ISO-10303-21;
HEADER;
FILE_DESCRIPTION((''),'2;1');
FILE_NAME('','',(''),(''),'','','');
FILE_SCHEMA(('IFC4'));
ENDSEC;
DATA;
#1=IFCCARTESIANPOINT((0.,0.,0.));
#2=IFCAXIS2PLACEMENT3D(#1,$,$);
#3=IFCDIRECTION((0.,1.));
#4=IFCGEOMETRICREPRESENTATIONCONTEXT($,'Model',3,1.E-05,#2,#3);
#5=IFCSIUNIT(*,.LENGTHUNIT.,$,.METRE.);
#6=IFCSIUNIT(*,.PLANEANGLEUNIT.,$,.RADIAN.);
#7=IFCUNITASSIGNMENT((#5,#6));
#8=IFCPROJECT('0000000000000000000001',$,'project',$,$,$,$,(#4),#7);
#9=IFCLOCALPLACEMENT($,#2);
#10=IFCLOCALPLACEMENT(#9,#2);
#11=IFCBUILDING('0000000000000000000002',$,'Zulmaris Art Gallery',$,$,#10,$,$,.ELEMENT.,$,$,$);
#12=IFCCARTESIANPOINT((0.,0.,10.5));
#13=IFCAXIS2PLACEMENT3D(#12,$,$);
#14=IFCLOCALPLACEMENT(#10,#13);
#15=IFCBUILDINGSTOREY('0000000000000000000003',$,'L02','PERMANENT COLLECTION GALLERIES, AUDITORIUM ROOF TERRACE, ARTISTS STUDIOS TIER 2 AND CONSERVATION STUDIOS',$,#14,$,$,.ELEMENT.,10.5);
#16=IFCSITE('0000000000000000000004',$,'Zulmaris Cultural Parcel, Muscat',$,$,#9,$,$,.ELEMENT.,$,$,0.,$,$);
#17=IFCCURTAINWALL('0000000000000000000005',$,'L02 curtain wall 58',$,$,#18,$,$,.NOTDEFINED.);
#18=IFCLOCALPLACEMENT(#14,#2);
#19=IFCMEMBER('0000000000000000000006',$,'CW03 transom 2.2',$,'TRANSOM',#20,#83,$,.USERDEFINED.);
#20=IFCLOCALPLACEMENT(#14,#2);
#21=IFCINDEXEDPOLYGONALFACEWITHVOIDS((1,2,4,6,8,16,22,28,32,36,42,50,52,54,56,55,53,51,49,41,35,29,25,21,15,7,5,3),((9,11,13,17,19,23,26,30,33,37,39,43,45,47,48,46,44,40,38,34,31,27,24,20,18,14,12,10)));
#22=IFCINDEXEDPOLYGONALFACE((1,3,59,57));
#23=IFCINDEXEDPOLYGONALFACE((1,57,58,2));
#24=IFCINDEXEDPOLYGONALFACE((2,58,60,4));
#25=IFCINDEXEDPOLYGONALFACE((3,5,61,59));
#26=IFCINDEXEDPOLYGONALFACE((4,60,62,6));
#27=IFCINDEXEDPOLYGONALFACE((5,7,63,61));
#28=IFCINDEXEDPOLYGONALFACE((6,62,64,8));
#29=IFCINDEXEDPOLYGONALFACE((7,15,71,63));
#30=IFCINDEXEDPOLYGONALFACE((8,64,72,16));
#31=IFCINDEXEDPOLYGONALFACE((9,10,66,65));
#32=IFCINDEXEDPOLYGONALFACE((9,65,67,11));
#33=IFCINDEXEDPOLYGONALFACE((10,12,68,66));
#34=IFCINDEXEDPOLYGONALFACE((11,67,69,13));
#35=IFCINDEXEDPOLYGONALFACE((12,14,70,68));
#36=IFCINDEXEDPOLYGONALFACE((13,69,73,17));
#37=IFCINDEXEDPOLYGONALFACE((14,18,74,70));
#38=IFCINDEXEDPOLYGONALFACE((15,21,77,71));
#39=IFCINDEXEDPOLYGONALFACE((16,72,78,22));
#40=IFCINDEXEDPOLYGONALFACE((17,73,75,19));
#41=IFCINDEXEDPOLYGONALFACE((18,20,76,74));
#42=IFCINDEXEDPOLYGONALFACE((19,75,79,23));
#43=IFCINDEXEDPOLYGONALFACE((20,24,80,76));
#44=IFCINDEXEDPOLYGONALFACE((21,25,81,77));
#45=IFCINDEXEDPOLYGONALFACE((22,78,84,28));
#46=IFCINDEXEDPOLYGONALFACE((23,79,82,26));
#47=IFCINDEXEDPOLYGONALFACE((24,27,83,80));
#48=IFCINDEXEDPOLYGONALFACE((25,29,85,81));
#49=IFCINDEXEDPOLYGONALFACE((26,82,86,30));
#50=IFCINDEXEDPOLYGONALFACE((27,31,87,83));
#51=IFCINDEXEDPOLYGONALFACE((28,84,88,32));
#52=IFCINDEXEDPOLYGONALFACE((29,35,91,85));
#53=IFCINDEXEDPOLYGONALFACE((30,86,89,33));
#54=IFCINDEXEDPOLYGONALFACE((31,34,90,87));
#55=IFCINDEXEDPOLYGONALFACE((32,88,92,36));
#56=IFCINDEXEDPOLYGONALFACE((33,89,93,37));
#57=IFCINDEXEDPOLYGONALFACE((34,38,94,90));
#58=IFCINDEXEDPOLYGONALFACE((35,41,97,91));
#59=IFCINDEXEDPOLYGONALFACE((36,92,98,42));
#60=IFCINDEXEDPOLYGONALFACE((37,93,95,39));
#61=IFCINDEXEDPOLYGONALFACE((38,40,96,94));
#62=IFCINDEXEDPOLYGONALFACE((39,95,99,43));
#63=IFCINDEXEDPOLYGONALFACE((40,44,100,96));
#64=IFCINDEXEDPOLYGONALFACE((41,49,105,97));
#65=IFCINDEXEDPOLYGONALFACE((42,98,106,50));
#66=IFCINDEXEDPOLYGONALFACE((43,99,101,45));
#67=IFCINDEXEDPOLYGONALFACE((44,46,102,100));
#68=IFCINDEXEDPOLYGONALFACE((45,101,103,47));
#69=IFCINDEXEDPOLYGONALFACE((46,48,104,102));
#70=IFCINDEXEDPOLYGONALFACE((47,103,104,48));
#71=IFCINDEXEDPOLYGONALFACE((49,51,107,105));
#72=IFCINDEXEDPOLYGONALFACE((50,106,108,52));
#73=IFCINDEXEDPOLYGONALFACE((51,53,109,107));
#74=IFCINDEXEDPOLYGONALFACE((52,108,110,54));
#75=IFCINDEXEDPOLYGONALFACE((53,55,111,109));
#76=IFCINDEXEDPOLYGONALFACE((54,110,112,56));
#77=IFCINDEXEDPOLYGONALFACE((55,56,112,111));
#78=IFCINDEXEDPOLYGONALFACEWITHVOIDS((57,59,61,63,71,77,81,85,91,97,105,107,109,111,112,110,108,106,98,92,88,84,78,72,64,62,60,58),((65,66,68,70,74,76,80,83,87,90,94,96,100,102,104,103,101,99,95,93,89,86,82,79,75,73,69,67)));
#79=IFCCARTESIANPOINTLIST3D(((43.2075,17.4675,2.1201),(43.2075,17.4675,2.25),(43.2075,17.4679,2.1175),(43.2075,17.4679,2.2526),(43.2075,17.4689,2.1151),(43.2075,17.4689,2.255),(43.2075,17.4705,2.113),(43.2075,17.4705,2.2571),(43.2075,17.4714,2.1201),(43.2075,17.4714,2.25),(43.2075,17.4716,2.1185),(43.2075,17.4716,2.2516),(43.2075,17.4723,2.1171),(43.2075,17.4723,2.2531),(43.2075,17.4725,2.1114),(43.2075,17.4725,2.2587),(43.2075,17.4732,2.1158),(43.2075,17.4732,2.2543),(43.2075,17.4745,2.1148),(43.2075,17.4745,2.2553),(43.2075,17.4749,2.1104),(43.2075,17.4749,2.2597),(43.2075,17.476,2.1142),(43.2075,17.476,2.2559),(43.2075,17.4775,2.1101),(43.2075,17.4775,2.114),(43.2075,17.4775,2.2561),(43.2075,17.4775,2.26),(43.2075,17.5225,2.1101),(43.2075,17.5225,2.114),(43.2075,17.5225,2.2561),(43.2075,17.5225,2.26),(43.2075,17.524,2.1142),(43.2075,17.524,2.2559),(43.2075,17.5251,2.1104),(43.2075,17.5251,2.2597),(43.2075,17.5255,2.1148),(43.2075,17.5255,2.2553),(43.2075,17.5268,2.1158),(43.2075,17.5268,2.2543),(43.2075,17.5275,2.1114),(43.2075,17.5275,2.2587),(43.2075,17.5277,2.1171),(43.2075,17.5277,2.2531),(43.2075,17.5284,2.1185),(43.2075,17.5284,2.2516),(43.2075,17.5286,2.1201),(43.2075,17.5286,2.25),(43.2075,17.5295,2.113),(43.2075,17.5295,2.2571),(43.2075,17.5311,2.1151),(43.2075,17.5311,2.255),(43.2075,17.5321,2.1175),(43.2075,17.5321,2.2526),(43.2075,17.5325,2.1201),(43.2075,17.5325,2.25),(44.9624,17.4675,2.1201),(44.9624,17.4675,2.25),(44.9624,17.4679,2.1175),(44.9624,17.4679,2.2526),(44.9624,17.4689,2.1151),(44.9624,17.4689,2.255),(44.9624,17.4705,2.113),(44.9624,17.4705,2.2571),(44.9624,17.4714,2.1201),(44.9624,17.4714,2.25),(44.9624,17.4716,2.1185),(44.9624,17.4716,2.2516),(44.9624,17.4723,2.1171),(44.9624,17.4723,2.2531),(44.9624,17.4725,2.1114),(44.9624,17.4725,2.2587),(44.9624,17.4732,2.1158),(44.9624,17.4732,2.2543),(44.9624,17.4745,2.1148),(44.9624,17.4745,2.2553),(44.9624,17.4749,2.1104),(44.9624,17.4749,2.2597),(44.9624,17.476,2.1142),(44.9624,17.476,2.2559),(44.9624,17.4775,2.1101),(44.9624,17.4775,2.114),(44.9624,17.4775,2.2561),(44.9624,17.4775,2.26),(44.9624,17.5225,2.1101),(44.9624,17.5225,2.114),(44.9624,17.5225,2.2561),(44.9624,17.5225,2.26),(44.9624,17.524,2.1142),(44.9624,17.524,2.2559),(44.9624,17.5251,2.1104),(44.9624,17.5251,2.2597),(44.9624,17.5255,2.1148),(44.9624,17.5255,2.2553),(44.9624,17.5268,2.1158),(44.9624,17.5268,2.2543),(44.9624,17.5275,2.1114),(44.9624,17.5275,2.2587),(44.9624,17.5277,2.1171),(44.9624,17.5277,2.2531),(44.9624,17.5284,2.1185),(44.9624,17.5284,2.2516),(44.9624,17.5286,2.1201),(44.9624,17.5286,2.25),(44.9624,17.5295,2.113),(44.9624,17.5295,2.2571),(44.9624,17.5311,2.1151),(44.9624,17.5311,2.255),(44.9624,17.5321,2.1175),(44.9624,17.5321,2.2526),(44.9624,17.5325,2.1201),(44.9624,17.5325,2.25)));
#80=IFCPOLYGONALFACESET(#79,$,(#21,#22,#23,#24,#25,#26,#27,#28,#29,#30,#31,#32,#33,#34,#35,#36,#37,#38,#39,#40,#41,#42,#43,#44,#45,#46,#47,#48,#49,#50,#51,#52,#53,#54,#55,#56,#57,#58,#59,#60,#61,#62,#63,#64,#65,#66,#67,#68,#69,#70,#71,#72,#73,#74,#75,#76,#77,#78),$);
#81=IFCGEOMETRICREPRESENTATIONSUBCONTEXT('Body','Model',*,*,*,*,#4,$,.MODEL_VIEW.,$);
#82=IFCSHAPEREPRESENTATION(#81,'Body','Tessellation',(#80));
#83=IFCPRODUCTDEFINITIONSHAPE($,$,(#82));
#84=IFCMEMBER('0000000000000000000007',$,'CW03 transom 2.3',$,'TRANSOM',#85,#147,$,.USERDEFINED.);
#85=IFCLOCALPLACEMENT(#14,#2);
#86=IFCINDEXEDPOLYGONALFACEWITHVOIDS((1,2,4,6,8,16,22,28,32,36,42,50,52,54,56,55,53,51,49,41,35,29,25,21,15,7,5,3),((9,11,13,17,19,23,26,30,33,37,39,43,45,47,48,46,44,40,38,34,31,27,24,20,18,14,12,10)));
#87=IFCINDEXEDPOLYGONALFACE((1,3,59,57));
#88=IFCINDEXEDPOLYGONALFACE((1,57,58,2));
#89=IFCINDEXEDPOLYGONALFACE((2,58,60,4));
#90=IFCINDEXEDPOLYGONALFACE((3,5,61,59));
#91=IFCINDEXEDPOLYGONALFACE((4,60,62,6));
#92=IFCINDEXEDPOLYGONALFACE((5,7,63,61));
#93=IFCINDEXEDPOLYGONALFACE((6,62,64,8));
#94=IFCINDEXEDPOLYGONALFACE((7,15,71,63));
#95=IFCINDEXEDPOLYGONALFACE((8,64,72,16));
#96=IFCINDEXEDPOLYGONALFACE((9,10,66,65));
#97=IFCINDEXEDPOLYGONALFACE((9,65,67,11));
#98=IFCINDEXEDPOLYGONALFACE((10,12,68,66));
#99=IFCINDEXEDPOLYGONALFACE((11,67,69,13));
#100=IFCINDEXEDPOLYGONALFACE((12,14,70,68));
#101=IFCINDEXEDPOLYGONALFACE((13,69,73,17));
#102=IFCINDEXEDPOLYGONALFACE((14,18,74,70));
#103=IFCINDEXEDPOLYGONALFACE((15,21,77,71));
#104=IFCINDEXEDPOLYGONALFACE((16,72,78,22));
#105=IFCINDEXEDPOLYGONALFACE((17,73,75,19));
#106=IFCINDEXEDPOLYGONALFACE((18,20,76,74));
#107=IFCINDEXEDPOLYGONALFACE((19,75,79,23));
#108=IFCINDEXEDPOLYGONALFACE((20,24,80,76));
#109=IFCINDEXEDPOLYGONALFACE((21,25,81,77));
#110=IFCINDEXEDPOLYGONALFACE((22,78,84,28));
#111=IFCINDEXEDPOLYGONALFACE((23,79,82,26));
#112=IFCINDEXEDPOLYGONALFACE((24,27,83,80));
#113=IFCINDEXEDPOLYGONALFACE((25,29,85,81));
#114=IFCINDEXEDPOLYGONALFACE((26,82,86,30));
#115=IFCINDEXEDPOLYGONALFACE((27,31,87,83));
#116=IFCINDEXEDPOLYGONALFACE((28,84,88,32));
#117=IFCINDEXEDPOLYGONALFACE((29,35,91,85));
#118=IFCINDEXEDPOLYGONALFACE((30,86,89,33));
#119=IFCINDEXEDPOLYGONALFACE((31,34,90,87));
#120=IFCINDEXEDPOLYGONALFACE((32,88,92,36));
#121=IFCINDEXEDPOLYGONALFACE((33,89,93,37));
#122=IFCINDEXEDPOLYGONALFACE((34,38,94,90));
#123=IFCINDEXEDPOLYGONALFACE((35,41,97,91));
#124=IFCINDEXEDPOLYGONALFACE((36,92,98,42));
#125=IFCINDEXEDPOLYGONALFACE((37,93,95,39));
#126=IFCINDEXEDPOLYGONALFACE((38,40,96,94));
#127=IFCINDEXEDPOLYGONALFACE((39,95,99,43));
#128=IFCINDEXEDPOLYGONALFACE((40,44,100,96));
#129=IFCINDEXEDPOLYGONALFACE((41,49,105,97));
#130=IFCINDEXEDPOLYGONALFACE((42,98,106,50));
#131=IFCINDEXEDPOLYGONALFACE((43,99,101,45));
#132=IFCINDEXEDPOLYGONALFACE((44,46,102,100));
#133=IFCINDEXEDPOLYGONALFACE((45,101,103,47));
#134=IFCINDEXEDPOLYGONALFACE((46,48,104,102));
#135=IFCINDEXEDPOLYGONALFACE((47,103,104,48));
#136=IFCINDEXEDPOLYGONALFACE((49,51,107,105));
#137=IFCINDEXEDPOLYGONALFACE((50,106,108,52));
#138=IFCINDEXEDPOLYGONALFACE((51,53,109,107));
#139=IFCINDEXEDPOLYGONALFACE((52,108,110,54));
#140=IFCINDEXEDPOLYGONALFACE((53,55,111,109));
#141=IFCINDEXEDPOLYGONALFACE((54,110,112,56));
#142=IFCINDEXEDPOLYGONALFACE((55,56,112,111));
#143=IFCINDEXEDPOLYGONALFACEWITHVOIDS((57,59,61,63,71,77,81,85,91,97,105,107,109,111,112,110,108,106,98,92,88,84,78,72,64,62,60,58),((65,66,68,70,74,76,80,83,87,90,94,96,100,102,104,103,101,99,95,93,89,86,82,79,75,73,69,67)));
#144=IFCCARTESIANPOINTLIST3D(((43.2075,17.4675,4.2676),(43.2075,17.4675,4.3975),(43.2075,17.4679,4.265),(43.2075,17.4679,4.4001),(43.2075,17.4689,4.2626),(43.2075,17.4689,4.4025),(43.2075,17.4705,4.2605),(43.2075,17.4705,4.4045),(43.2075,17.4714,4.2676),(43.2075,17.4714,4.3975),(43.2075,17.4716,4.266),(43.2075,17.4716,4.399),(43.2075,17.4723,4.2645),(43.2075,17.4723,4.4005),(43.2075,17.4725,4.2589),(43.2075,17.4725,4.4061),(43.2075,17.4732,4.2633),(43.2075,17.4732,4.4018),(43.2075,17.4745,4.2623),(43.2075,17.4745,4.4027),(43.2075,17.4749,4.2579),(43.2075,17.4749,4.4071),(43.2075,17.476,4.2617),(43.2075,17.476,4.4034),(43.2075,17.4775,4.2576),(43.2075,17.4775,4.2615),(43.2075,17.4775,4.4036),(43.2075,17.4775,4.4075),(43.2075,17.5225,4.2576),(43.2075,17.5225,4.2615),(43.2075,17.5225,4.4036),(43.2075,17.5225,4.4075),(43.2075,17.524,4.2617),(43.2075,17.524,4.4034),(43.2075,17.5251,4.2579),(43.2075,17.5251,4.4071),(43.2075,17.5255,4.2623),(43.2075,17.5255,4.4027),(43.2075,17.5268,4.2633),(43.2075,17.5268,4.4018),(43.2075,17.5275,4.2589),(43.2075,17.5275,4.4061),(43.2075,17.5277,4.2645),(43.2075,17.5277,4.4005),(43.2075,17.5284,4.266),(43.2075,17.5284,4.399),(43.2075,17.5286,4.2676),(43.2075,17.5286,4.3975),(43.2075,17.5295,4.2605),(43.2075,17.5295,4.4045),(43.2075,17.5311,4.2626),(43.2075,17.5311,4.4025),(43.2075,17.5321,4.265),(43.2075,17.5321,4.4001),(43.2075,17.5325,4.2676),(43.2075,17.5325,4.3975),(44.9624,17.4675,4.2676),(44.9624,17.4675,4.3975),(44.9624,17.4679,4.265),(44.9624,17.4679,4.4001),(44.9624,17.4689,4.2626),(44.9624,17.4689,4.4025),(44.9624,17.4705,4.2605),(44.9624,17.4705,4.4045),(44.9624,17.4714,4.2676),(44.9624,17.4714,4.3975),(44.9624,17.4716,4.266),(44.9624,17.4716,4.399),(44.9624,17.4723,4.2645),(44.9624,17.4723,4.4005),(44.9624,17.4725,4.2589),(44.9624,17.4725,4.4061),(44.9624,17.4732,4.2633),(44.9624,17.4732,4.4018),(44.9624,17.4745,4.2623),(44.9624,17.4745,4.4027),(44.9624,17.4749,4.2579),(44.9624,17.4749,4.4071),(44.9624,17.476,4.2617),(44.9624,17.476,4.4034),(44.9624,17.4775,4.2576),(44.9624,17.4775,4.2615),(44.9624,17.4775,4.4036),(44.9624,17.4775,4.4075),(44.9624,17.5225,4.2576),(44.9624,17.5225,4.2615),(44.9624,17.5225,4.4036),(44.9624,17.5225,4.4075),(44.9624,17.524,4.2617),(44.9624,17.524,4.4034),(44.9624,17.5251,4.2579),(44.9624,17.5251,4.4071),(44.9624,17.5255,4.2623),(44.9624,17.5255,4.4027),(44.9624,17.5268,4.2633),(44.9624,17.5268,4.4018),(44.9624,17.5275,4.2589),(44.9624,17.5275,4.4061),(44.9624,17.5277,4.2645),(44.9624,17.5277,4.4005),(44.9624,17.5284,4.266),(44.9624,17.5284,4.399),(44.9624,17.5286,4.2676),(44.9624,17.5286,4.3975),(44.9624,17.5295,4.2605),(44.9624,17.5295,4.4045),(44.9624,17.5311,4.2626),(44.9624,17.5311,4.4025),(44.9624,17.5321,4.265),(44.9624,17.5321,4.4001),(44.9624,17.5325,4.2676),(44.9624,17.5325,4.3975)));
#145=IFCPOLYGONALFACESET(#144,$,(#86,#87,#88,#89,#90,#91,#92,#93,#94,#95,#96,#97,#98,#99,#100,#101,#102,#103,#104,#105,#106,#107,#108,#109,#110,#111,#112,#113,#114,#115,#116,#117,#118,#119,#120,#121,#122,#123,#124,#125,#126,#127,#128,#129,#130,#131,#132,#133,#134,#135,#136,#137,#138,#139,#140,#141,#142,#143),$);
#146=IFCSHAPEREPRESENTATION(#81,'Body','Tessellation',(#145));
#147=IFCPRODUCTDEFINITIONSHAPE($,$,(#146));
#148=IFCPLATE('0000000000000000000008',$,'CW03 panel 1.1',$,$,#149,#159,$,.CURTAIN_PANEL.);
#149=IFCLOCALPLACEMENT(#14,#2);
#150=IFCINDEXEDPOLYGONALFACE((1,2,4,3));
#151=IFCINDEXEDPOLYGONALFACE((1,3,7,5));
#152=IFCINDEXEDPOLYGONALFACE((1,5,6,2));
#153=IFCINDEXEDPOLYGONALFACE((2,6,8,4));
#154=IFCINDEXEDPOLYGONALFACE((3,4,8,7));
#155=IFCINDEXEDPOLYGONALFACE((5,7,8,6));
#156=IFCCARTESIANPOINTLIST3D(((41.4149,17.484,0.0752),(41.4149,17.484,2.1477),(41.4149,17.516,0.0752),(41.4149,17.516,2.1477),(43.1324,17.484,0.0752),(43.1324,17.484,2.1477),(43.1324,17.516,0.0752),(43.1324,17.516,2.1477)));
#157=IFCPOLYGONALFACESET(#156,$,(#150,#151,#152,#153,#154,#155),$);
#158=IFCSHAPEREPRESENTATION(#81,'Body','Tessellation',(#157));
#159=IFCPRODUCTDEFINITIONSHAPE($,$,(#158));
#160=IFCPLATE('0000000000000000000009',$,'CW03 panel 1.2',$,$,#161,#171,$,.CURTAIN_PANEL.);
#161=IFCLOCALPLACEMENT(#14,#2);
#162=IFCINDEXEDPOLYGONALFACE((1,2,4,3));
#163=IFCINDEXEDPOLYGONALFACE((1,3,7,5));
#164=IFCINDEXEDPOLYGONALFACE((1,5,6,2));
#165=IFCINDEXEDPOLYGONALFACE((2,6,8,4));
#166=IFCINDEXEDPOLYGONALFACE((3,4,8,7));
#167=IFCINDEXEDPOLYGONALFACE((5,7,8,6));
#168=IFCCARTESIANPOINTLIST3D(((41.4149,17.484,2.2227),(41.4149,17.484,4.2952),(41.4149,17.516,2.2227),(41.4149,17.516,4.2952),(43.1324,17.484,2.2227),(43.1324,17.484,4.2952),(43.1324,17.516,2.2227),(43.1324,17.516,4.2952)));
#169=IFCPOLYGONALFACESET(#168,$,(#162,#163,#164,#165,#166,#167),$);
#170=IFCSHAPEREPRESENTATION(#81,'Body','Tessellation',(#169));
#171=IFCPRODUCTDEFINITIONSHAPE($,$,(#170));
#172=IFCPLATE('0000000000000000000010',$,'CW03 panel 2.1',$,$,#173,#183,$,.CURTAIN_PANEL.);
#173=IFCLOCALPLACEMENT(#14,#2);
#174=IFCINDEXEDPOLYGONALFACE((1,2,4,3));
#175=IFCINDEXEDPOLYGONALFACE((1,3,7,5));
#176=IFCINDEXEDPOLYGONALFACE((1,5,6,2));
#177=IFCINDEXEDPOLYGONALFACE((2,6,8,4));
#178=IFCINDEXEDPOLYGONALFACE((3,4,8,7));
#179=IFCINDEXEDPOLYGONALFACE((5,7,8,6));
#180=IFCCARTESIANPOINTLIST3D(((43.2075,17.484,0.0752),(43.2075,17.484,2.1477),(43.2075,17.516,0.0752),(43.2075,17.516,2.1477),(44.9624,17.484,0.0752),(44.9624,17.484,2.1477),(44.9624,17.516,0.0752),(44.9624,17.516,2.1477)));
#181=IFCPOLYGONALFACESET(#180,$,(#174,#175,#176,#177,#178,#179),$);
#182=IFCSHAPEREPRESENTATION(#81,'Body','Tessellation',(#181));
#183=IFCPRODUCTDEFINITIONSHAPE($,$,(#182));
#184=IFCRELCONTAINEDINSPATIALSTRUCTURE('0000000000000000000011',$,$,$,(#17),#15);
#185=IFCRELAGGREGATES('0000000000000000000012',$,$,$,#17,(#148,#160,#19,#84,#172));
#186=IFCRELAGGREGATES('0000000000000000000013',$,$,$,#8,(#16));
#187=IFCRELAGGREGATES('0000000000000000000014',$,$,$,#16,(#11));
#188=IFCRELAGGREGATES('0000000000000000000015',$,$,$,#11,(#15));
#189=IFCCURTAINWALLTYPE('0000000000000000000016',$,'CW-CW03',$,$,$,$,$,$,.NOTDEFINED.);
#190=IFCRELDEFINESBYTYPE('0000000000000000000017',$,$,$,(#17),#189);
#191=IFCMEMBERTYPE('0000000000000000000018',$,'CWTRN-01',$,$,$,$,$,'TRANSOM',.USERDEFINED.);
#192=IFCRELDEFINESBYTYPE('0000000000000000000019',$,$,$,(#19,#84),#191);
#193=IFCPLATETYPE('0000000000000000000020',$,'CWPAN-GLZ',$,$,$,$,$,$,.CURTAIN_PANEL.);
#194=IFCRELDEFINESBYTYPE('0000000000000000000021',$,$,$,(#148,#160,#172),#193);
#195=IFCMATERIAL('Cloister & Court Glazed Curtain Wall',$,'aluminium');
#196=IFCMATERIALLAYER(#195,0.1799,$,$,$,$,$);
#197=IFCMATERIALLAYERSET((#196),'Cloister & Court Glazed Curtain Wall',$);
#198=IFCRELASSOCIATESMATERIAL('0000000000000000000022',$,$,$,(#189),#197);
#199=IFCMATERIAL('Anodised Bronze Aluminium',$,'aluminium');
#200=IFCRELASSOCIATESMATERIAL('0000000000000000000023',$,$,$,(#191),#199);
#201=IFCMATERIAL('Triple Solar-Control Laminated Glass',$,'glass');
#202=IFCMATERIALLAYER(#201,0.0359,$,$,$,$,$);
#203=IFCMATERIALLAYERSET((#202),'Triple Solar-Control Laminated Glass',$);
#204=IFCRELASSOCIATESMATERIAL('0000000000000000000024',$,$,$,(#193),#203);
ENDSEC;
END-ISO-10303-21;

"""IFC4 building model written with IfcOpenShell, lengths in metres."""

from ifc_helpers import new_model, si_unit, direction, frame, origin, origin_2d, place, context, subcontext, project, spatial, rectangle, hollow_rectangle, extrude, material, layer, layer_set, material_profile, profile_set, type_object, element, aggregate, save


model = new_model("IFC4")

# Units and contexts
model_context = context("Model", 3, precision=1e-05, world=origin(), true_north=direction((0.0, 1.0)))
body_context = subcontext(model_context, "Body", "Model", "MODEL_VIEW")
ifc_project = project(units=[si_unit("LENGTHUNIT", "METRE"), si_unit("PLANEANGLEUNIT", "RADIAN")], contexts=[model_context])

# Site, building, storey
site_placement = place(None, origin())
site = spatial("IfcSite", under=ifc_project, at=site_placement, Name="Zulmaris Cultural Parcel, Muscat", CompositionType="ELEMENT", RefElevation=0.0)
building_placement = place(site_placement, origin())
building = spatial("IfcBuilding", under=site, at=building_placement, Name="Zulmaris Art Gallery", CompositionType="ELEMENT")
storey_placement = place(building_placement, frame((0.0, 0.0, 10.5)))
storey = spatial("IfcBuildingStorey", under=building, at=storey_placement, Name="L02", Description="PERMANENT COLLECTION GALLERIES, AUDITORIUM ROOF TERRACE, ARTISTS STUDIOS TIER 2 AND CONSERVATION STUDIOS", CompositionType="ELEMENT", Elevation=10.5)

# Curtain wall, members, plates
ifc_material_1 = material(Name="Cloister & Court Glazed Curtain Wall", Category="aluminium")
ifc_layer_1 = layer(ifc_material_1, 0.1799)
ifc_layer_set_1 = layer_set([ifc_layer_1], Name="Cloister & Court Glazed Curtain Wall")
curtain_wall_type = type_object("IfcCurtainWallType", Name="CW-CW03", PredefinedType="NOTDEFINED", material=ifc_layer_set_1)
curtain_wall_placement = place(storey_placement, origin())
curtain_wall = element("IfcCurtainWall", 1, at=curtain_wall_placement, inside=storey, type_object=curtain_wall_type, Name="L02 curtain wall 58", PredefinedType="NOTDEFINED")
ifc_material_2 = material(Name="Anodised Bronze Aluminium", Category="aluminium")
ifc_material_profile_1 = material_profile(ifc_material_2, hollow_rectangle(XDim=0.0649, YDim=0.1499, WallThickness=0.0039, InnerFilletRadius=0.0061, OuterFilletRadius=0.01, at=origin_2d()), Name="ALU 65x150x4")
ifc_profile_set_1 = profile_set([ifc_material_profile_1], Name="Anodised Bronze Aluminium")
member_type_1 = type_object("IfcMemberType", Name="CWTRN-01", ElementType="TRANSOM", PredefinedType="USERDEFINED", material=ifc_profile_set_1)
member_1_placement = place(storey_placement, frame((43.2075, 17.5, 2.1851), z_axis=(1.0, 0.0, 0.0), x_axis=(0.0, 1.0, 0.0)))
member_1 = element("IfcMember", 2, at=member_1_placement, type_object=member_type_1, Name="CW03 transom 2.2", ObjectType="TRANSOM", PredefinedType="USERDEFINED", context=body_context, shape_type="SweptSolid", body=[
    extrude(hollow_rectangle(XDim=0.0649, YDim=0.1499, WallThickness=0.0039, InnerFilletRadius=0.0061, OuterFilletRadius=0.01, at=origin_2d()), origin(), (0.0, 0.0, 1.0), 1.7549),
])
member_2_placement = place(storey_placement, frame((43.2075, 17.5, 4.3325), z_axis=(1.0, 0.0, 0.0), x_axis=(0.0, 1.0, 0.0)))
member_2 = element("IfcMember", 3, at=member_2_placement, type_object=member_type_1, Name="CW03 transom 2.3", ObjectType="TRANSOM", PredefinedType="USERDEFINED", context=body_context, shape_type="SweptSolid", body=[
    extrude(hollow_rectangle(XDim=0.0649, YDim=0.1499, WallThickness=0.0039, InnerFilletRadius=0.0061, OuterFilletRadius=0.01, at=origin_2d()), origin(), (0.0, 0.0, 1.0), 1.7549),
])
ifc_material_3 = material(Name="Triple Solar-Control Laminated Glass", Category="glass")
ifc_layer_2 = layer(ifc_material_3, 0.0359)
ifc_layer_set_2 = layer_set([ifc_layer_2], Name="Triple Solar-Control Laminated Glass")
plate_type = type_object("IfcPlateType", Name="CWPAN-GLZ", PredefinedType="CURTAIN_PANEL", material=ifc_layer_set_2)
plate_1_placement = place(storey_placement, frame((42.2737, 17.5, 0.0752), z_axis=(0.0, 0.0, 1.0), x_axis=(1.0, 0.0, 0.0)))
plate_1 = element("IfcPlate", 4, at=plate_1_placement, type_object=plate_type, Name="CW03 panel 1.1", PredefinedType="CURTAIN_PANEL", context=body_context, shape_type="SweptSolid", body=[
    extrude(rectangle(XDim=1.7175, YDim=0.032, at=origin_2d()), origin(), (0.0, 0.0, 1.0), 2.0725),
])
plate_2_placement = place(storey_placement, frame((42.2737, 17.5, 2.2227), z_axis=(0.0, 0.0, 1.0), x_axis=(1.0, 0.0, 0.0)))
plate_2 = element("IfcPlate", 5, at=plate_2_placement, type_object=plate_type, Name="CW03 panel 1.2", PredefinedType="CURTAIN_PANEL", context=body_context, shape_type="SweptSolid", body=[
    extrude(rectangle(XDim=1.7175, YDim=0.032, at=origin_2d()), origin(), (0.0, 0.0, 1.0), 2.0725),
])
plate_3_placement = place(storey_placement, frame((44.085, 17.5, 0.0752), z_axis=(0.0, 0.0, 1.0), x_axis=(1.0, 0.0, 0.0)))
plate_3 = element("IfcPlate", 6, at=plate_3_placement, type_object=plate_type, Name="CW03 panel 2.1", PredefinedType="CURTAIN_PANEL", context=body_context, shape_type="SweptSolid", body=[
    extrude(rectangle(XDim=1.7549, YDim=0.032, at=origin_2d()), origin(), (0.0, 0.0, 1.0), 2.0725),
])
aggregate(curtain_wall, [plate_1, plate_2, member_1, member_2, plate_3])

save(model, "model.ifc")
